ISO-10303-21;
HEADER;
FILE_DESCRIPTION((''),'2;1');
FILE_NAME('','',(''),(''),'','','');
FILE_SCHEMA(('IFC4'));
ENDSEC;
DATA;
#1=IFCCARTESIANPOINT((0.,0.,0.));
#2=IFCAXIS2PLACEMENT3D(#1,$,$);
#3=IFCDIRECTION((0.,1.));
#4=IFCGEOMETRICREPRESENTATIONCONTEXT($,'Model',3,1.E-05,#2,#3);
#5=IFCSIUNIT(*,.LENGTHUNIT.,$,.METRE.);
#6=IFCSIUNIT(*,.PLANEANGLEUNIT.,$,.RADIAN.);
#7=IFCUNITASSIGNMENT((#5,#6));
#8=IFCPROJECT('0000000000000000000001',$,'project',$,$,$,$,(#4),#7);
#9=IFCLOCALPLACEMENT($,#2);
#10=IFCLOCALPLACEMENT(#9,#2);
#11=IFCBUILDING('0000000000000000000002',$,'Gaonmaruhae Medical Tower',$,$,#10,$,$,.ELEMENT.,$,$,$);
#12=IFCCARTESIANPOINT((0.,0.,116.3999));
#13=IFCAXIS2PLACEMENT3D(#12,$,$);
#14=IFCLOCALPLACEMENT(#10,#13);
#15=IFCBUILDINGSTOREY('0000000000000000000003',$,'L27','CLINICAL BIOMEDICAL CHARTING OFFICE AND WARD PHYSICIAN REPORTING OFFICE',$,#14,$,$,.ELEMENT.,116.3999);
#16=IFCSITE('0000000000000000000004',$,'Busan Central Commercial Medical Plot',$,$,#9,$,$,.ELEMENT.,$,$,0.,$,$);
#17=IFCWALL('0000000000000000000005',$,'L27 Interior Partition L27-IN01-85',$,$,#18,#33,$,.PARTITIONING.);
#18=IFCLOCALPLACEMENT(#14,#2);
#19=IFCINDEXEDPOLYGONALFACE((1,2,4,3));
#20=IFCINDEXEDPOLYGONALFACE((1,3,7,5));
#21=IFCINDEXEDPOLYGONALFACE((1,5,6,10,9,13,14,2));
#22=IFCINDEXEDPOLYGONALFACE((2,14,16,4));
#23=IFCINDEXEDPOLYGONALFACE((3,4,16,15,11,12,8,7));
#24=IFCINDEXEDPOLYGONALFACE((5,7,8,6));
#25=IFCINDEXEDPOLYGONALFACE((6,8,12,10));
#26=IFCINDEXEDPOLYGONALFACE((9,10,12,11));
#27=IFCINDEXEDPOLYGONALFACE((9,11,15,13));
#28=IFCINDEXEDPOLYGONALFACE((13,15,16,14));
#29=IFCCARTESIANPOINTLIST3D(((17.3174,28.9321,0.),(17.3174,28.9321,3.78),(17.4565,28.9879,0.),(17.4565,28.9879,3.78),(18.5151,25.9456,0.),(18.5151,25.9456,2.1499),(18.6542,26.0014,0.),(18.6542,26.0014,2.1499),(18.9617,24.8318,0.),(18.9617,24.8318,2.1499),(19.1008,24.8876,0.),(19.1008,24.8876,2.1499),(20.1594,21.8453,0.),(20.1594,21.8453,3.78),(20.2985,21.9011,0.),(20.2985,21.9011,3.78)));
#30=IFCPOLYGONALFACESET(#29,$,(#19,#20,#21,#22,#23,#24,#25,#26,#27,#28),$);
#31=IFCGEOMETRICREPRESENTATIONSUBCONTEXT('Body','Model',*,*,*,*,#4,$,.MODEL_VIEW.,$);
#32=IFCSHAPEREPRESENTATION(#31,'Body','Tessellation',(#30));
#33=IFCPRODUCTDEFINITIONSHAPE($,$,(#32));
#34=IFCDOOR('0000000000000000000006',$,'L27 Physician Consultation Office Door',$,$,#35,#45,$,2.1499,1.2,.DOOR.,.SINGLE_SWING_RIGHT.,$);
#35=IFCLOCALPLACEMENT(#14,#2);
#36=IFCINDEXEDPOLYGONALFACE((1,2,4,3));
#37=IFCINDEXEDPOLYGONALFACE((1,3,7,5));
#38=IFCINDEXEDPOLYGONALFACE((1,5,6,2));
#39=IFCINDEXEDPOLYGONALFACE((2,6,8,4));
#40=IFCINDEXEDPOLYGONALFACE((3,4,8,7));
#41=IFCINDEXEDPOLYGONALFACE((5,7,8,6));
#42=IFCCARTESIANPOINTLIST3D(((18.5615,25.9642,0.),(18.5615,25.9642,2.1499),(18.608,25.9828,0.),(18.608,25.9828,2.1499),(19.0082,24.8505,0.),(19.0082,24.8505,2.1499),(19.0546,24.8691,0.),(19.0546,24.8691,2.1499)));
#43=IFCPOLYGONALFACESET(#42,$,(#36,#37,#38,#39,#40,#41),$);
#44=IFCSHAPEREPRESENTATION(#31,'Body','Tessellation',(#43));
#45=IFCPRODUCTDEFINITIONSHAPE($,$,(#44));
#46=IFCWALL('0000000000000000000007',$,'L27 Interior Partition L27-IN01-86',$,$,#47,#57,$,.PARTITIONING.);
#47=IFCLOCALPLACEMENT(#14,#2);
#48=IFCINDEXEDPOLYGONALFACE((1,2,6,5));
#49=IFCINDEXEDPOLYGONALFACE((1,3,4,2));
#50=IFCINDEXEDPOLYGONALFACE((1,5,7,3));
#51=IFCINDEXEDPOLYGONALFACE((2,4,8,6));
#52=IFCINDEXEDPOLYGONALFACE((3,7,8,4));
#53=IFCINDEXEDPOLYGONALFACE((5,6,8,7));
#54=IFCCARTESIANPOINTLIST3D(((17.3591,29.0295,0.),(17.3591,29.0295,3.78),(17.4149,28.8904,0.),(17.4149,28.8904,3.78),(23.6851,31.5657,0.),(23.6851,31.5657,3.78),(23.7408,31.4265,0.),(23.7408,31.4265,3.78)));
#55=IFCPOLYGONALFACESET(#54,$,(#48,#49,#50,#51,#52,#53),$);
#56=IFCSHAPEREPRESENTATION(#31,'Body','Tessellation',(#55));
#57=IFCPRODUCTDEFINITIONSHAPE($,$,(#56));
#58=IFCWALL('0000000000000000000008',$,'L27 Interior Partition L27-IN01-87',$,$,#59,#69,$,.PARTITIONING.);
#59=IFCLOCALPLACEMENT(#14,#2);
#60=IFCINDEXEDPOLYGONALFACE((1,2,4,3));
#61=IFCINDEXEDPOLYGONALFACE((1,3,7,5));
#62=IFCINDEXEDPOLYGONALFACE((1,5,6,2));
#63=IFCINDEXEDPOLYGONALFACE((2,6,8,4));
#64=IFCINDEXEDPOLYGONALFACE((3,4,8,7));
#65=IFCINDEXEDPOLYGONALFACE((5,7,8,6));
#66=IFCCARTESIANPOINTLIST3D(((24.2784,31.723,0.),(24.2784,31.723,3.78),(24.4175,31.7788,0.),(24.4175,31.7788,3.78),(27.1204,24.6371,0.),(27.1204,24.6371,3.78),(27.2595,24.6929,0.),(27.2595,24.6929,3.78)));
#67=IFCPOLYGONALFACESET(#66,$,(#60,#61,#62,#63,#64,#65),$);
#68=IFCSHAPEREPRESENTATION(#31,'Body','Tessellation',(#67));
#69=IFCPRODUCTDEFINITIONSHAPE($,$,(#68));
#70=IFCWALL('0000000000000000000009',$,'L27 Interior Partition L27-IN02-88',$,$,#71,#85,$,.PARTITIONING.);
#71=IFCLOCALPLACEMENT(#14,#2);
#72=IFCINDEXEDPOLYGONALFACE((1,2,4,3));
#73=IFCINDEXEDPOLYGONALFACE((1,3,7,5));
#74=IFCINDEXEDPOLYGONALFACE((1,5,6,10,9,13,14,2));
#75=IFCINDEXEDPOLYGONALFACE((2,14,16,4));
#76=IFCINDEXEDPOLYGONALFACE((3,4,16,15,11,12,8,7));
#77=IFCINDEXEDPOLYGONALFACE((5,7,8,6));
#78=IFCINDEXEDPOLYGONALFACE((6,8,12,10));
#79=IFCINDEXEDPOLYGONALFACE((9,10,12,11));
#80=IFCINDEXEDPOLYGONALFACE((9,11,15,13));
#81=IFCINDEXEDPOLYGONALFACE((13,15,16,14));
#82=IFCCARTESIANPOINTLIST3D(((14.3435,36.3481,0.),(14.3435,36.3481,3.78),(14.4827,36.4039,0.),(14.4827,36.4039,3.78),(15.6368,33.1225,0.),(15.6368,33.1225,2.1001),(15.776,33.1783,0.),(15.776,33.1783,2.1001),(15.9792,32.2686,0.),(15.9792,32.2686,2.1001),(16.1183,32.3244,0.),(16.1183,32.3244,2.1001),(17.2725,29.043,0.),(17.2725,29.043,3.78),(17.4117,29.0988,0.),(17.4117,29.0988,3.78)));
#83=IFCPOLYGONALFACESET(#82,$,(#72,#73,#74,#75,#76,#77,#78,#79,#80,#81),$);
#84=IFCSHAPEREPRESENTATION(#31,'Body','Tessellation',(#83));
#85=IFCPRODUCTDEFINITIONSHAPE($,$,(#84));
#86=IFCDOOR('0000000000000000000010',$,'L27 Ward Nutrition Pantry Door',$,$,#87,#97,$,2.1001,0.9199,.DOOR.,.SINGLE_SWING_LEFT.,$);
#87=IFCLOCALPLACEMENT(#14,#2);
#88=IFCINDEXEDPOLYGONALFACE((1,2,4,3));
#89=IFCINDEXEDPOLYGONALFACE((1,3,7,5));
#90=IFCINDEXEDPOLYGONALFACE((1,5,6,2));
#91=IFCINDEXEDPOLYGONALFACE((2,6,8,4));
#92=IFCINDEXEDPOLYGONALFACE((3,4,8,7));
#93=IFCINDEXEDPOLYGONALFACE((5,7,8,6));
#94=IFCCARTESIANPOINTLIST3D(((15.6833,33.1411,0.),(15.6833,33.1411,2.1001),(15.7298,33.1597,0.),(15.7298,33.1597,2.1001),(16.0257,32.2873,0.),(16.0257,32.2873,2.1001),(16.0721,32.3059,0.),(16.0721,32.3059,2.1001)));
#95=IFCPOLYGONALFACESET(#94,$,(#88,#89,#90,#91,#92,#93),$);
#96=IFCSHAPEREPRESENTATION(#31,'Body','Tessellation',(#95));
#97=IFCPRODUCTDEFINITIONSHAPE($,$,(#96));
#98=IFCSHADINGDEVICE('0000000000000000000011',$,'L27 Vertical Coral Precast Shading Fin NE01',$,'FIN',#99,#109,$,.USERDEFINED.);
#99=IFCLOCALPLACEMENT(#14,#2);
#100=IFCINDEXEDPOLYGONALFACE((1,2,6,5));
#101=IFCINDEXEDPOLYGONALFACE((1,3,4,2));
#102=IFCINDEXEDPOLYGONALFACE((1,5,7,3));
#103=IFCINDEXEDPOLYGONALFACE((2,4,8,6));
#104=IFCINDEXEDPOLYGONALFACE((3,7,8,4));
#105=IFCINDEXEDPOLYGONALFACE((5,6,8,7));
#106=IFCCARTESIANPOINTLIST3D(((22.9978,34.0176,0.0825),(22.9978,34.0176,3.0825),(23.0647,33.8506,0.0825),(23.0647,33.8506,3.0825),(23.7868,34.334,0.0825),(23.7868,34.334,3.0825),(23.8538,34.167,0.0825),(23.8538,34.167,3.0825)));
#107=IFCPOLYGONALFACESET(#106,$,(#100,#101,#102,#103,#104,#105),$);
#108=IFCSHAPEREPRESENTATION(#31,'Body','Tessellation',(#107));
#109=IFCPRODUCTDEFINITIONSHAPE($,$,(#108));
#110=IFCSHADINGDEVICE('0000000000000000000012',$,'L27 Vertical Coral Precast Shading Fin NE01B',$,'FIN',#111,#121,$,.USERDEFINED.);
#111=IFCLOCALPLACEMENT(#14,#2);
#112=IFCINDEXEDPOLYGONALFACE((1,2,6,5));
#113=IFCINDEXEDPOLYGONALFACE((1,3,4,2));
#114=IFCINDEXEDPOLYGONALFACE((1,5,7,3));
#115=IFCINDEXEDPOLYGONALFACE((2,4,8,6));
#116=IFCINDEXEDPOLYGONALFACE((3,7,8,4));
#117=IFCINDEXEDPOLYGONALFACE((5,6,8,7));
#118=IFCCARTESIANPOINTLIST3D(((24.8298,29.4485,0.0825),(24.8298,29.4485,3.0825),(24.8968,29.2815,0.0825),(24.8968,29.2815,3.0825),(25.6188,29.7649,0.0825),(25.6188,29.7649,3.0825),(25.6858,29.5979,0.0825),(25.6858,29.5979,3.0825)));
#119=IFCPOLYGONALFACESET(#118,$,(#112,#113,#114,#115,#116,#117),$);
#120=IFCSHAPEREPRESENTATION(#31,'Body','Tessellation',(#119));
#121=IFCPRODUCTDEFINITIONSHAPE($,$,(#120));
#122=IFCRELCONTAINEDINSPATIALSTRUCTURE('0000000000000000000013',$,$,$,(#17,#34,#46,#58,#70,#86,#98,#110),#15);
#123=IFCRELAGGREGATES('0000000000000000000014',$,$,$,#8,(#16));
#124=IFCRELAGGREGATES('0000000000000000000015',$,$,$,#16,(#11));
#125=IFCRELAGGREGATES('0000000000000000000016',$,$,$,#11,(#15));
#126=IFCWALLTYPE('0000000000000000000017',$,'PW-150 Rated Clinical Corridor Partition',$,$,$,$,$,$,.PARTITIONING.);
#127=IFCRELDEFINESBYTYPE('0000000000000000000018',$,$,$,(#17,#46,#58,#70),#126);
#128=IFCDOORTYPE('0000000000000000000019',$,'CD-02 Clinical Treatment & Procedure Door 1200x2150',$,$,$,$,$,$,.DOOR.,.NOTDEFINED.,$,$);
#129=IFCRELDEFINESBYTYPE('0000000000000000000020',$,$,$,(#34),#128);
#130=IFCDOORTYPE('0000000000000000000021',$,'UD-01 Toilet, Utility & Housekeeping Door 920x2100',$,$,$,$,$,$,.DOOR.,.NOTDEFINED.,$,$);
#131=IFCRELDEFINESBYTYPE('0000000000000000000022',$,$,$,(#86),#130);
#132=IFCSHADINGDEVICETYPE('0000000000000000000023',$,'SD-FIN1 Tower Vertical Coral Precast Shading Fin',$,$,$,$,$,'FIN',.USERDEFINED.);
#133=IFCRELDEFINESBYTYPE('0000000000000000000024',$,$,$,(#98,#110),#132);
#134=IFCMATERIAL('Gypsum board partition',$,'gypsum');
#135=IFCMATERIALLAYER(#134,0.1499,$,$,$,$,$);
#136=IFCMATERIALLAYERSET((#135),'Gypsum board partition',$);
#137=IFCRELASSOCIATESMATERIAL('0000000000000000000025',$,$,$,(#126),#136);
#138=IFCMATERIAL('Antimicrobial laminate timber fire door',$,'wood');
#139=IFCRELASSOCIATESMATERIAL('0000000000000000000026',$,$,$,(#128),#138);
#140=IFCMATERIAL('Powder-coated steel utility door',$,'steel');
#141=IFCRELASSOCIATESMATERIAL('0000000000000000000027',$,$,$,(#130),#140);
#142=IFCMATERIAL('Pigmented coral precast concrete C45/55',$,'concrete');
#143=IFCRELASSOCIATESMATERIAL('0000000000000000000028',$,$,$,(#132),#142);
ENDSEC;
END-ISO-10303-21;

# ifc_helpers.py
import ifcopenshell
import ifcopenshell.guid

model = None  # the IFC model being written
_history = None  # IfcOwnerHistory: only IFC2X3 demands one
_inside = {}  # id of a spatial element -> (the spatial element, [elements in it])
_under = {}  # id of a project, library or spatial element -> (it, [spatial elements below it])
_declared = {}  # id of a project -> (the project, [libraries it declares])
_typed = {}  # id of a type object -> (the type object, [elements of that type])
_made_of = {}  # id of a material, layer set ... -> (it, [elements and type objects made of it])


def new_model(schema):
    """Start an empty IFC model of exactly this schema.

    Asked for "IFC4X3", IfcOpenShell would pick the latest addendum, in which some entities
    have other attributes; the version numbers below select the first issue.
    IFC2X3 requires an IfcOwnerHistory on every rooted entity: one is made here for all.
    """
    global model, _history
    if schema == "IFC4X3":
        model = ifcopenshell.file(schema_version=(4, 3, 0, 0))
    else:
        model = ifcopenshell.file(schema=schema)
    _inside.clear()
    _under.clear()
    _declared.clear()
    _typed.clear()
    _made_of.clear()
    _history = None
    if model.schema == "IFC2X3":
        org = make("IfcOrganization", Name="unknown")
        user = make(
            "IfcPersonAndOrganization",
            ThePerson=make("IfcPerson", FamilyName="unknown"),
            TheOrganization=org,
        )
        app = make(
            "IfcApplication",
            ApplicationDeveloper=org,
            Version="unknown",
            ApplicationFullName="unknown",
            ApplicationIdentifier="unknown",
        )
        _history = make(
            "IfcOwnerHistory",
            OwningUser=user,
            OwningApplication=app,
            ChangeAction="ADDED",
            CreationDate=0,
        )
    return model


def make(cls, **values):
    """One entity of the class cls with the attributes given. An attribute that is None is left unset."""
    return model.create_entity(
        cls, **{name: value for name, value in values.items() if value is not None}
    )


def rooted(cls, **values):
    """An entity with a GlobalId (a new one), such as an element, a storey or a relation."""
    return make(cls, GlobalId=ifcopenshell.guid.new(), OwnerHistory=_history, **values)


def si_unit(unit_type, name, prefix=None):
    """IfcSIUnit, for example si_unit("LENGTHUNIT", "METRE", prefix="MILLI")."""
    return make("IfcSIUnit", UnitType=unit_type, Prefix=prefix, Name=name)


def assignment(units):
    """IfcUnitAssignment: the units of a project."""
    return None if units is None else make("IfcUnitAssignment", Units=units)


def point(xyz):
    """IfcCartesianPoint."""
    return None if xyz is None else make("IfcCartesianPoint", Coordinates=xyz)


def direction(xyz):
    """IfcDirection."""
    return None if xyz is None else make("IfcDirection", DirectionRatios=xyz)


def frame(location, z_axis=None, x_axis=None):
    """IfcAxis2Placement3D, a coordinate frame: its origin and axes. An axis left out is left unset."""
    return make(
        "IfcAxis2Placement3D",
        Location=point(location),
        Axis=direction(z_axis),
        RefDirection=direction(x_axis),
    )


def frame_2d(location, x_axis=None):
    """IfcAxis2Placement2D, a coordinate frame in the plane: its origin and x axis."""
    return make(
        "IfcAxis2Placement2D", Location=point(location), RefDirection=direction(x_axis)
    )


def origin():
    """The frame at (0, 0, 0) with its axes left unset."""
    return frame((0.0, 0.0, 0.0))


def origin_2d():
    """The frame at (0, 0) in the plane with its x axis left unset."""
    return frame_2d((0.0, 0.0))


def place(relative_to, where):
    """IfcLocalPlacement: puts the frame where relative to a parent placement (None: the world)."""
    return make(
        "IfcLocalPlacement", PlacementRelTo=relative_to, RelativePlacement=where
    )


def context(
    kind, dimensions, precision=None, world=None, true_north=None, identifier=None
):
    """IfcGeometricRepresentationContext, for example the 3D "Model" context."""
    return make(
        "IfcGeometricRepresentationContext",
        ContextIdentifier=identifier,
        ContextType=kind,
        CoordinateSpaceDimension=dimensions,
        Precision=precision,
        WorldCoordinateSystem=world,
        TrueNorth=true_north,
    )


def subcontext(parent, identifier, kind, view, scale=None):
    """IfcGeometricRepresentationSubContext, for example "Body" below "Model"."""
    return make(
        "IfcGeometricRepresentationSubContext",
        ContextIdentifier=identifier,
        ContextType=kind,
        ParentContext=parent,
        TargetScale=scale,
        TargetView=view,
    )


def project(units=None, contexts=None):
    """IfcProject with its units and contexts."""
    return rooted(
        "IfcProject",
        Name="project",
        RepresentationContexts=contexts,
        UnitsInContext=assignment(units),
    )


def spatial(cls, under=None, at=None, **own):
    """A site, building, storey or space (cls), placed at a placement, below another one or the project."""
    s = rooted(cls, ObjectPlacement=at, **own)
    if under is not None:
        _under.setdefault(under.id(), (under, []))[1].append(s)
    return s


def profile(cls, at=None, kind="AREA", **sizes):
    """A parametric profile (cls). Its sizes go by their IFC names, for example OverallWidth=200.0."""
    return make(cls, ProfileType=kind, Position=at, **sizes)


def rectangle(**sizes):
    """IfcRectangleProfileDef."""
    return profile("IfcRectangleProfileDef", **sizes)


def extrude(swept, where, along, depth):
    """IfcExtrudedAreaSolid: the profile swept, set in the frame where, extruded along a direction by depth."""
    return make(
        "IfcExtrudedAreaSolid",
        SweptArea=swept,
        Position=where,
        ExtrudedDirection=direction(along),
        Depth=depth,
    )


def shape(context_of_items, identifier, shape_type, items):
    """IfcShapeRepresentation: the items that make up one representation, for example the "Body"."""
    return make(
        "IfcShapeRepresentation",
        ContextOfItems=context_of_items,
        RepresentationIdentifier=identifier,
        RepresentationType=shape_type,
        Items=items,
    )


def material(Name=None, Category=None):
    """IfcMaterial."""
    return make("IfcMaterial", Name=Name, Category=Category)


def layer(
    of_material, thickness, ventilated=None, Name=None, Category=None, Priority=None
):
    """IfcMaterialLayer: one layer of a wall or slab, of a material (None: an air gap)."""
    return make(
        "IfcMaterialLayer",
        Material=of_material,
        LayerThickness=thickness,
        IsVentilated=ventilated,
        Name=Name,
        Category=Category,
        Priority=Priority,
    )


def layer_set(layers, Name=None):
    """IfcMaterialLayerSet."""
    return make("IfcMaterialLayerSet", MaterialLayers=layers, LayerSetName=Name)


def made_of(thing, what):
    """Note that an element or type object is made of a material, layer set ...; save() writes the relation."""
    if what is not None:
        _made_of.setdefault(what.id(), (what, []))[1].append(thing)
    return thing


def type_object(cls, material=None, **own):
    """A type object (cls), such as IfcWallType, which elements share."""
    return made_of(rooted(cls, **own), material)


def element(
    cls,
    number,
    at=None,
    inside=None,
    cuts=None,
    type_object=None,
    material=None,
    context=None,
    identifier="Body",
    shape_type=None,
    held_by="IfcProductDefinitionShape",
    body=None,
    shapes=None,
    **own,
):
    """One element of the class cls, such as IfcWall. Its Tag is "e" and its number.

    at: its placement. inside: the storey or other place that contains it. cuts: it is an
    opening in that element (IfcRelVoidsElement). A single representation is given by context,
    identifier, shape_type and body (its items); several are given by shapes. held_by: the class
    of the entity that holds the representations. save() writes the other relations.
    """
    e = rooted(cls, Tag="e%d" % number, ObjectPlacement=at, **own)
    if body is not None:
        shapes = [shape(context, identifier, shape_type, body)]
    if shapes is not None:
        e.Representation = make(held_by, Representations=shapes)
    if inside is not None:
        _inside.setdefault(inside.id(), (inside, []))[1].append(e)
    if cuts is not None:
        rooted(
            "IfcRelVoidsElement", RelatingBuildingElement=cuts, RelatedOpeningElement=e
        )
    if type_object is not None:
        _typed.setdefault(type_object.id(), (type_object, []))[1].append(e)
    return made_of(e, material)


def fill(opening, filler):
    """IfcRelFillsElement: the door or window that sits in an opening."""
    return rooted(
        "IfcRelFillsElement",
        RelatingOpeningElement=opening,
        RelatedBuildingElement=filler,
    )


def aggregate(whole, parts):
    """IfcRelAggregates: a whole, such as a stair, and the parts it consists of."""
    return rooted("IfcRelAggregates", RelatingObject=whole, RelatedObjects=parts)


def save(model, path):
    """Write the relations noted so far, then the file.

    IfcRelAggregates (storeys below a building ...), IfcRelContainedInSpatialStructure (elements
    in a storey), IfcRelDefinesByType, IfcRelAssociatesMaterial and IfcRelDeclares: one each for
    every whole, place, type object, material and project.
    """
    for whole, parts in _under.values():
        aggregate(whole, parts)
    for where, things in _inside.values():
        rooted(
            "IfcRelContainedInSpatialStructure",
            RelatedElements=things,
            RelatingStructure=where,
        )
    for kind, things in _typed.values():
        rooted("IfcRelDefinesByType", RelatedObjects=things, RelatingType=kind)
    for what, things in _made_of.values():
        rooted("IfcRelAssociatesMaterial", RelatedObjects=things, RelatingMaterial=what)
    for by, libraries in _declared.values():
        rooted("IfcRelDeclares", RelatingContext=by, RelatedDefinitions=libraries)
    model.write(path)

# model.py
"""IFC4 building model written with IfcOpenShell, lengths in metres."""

from ifc_helpers import new_model, si_unit, direction, frame, frame_2d, origin, origin_2d, place, context, subcontext, project, spatial, rectangle, extrude, material, layer, layer_set, type_object, element, fill, save


model = new_model("IFC4")

# Units and contexts
model_context = context("Model", 3, precision=1e-05, world=origin(), true_north=direction((0.0, 1.0)))
body_context = subcontext(model_context, "Body", "Model", "MODEL_VIEW")
ifc_project = project(units=[si_unit("LENGTHUNIT", "METRE"), si_unit("PLANEANGLEUNIT", "RADIAN")], contexts=[model_context])

# Site, building, storey
site_placement = place(None, origin())
site = spatial("IfcSite", under=ifc_project, at=site_placement, Name="Busan Central Commercial Medical Plot", CompositionType="ELEMENT", RefElevation=0.0)
building_placement = place(site_placement, origin())
building = spatial("IfcBuilding", under=site, at=building_placement, Name="Gaonmaruhae Medical Tower", CompositionType="ELEMENT")
storey_placement = place(building_placement, frame((0.0, 0.0, 116.3999)))
storey = spatial("IfcBuildingStorey", under=building, at=storey_placement, Name="L27", Description="CLINICAL BIOMEDICAL CHARTING OFFICE AND WARD PHYSICIAN REPORTING OFFICE", CompositionType="ELEMENT", Elevation=116.3999)

# Shared definitions
ifc_material_1 = material(Name="Gypsum board partition", Category="gypsum")
ifc_layer_1 = layer(ifc_material_1, 0.1499)
ifc_layer_set_1 = layer_set([ifc_layer_1], Name="Gypsum board partition")
wall_type_1 = type_object("IfcWallType", Name="PW-150 Rated Clinical Corridor Partition", PredefinedType="PARTITIONING", material=ifc_layer_set_1)

# Shared definitions
ifc_material_2 = material(Name="Antimicrobial laminate timber fire door", Category="wood")
door_type_1 = type_object("IfcDoorType", Name="CD-02 Clinical Treatment & Procedure Door 1200x2150", OperationType="NOTDEFINED", PredefinedType="DOOR", material=ifc_material_2)

# Wall, opening, door
wall_1_placement = place(storey_placement, frame((20.229, 21.873, 0.0), z_axis=(0.0, 0.0, 1.0), x_axis=(-0.372212, 0.928148, 0.0)))
wall_1 = element("IfcWall", 1, at=wall_1_placement, inside=storey, type_object=wall_type_1, Name="L27 Interior Partition L27-IN01-85", PredefinedType="PARTITIONING", context=body_context, shape_type="SweptSolid", body=[
    extrude(rectangle(XDim=7.6355, YDim=0.1499, at=frame_2d((3.8179, 0.0))), origin(), (0.0, 0.0, 1.0), 3.78),
])
opening_1_placement = place(wall_1_placement, frame((3.2178, 0.0, 0.0)))
opening_1 = element("IfcOpeningElement", 2, at=opening_1_placement, cuts=wall_1, PredefinedType="OPENING", context=body_context, shape_type="SweptSolid", body=[
    extrude(rectangle(XDim=1.2, YDim=2.1499, at=frame_2d((0.6001, 1.075))), frame((0.0, 0.085, 0.0), z_axis=(0.0, -1.0, 0.0), x_axis=(1.0, 0.0, 0.0)), (0.0, 0.0, 1.0), 0.1699),
])
door_1_placement = place(opening_1_placement, origin())
door_1 = element("IfcDoor", 3, at=door_1_placement, inside=storey, type_object=door_type_1, Name="L27 Physician Consultation Office Door", OperationType="SINGLE_SWING_RIGHT", OverallHeight=2.1499, OverallWidth=1.2, PredefinedType="DOOR", context=body_context, shape_type="SweptSolid", body=[
    extrude(rectangle(XDim=1.2, YDim=2.1499, at=frame_2d((0.6001, 1.075))), frame((0.0, 0.0249, 0.0), z_axis=(0.0, -1.0, 0.0), x_axis=(1.0, 0.0, 0.0)), (0.0, 0.0, 1.0), 0.05),
])
fill(opening_1, door_1)

# Walls
wall_2_placement = place(storey_placement, frame((17.387, 28.96, 0.0), z_axis=(0.0, 0.0, 1.0), x_axis=(0.928185, 0.372119, 0.0)))
element("IfcWall", 4, at=wall_2_placement, inside=storey, type_object=wall_type_1, Name="L27 Interior Partition L27-IN01-86", PredefinedType="PARTITIONING", context=body_context, shape_type="SweptSolid", body=[
    extrude(rectangle(XDim=6.8154, YDim=0.1499, at=frame_2d((3.4077, 0.0))), origin(), (0.0, 0.0, 1.0), 3.78),
])
wall_3_placement = place(storey_placement, frame((24.3479, 31.751, 0.0), z_axis=(0.0, 0.0, 1.0), x_axis=(0.372256, -0.92813, 0.0)))
element("IfcWall", 5, at=wall_3_placement, inside=storey, type_object=wall_type_1, Name="L27 Interior Partition L27-IN01-87", PredefinedType="PARTITIONING", context=body_context, shape_type="SweptSolid", body=[
    extrude(rectangle(XDim=7.6345, YDim=0.1499, at=frame_2d((3.8174, 0.0))), origin(), (0.0, 0.0, 1.0), 3.78),
])

# Wall, opening, door
wall_4_placement = place(storey_placement, frame((17.342, 29.071, 0.0), z_axis=(0.0, 0.0, 1.0), x_axis=(-0.372155, 0.92817, 0.0)))
wall_4 = element("IfcWall", 6, at=wall_4_placement, inside=storey, type_object=wall_type_1, Name="L27 Interior Partition L27-IN02-88", PredefinedType="PARTITIONING", context=body_context, shape_type="SweptSolid", body=[
    extrude(rectangle(XDim=7.8704, YDim=0.1499, at=frame_2d((3.9351, 0.0))), origin(), (0.0, 0.0, 1.0), 3.78),
])
opening_2_placement = place(wall_4_placement, frame((3.4751, 0.0, 0.0)))
opening_2 = element("IfcOpeningElement", 7, at=opening_2_placement, cuts=wall_4, PredefinedType="OPENING", context=body_context, shape_type="SweptSolid", body=[
    extrude(rectangle(XDim=0.9199, YDim=2.1001, at=frame_2d((0.46, 1.05))), frame((0.0, 0.085, 0.0), z_axis=(0.0, -1.0, 0.0), x_axis=(1.0, 0.0, 0.0)), (0.0, 0.0, 1.0), 0.1699),
])
ifc_material_3 = material(Name="Powder-coated steel utility door", Category="steel")
door_type_2 = type_object("IfcDoorType", Name="UD-01 Toilet, Utility & Housekeeping Door 920x2100", OperationType="NOTDEFINED", PredefinedType="DOOR", material=ifc_material_3)
door_2_placement = place(opening_2_placement, origin())
door_2 = element("IfcDoor", 8, at=door_2_placement, inside=storey, type_object=door_type_2, Name="L27 Ward Nutrition Pantry Door", OperationType="SINGLE_SWING_LEFT", OverallHeight=2.1001, OverallWidth=0.9199, PredefinedType="DOOR", context=body_context, shape_type="SweptSolid", body=[
    extrude(rectangle(XDim=0.9199, YDim=2.1001, at=frame_2d((0.46, 1.05))), frame((0.0, 0.0249, 0.0), z_axis=(0.0, -1.0, 0.0), x_axis=(1.0, 0.0, 0.0)), (0.0, 0.0, 1.0), 0.05),
])
fill(opening_2, door_2)

# Shading devices
ifc_material_4 = material(Name="Pigmented coral precast concrete C45/55", Category="concrete")
shading_device_type = type_object("IfcShadingDeviceType", Name="SD-FIN1 Tower Vertical Coral Precast Shading Fin", ElementType="FIN", PredefinedType="USERDEFINED", material=ifc_material_4)
for number, where, z_axis, x_axis, name in (
    (9, (23.4258, 34.0923, 0.0825), (0.0, 0.0, 1.0), (0.372162, -0.928168, 0.0), "L27 Vertical Coral Precast Shading Fin NE01"),
    (10, (25.2578, 29.5232, 0.0825), (0.0, 0.0, 1.0), (0.372162, -0.928168, 0.0), "L27 Vertical Coral Precast Shading Fin NE01B"),
):
    element("IfcShadingDevice", number, at=place(storey_placement, frame(where, z_axis=z_axis, x_axis=x_axis)), inside=storey, type_object=shading_device_type, Name=name, ObjectType="FIN", PredefinedType="USERDEFINED", context=body_context, shape_type="SweptSolid", body=[
        extrude(rectangle(XDim=0.1799, YDim=0.8501, at=origin_2d()), origin(), (0.0, 0.0, 1.0), 3.0),
    ])

save(model, "model.ifc")
